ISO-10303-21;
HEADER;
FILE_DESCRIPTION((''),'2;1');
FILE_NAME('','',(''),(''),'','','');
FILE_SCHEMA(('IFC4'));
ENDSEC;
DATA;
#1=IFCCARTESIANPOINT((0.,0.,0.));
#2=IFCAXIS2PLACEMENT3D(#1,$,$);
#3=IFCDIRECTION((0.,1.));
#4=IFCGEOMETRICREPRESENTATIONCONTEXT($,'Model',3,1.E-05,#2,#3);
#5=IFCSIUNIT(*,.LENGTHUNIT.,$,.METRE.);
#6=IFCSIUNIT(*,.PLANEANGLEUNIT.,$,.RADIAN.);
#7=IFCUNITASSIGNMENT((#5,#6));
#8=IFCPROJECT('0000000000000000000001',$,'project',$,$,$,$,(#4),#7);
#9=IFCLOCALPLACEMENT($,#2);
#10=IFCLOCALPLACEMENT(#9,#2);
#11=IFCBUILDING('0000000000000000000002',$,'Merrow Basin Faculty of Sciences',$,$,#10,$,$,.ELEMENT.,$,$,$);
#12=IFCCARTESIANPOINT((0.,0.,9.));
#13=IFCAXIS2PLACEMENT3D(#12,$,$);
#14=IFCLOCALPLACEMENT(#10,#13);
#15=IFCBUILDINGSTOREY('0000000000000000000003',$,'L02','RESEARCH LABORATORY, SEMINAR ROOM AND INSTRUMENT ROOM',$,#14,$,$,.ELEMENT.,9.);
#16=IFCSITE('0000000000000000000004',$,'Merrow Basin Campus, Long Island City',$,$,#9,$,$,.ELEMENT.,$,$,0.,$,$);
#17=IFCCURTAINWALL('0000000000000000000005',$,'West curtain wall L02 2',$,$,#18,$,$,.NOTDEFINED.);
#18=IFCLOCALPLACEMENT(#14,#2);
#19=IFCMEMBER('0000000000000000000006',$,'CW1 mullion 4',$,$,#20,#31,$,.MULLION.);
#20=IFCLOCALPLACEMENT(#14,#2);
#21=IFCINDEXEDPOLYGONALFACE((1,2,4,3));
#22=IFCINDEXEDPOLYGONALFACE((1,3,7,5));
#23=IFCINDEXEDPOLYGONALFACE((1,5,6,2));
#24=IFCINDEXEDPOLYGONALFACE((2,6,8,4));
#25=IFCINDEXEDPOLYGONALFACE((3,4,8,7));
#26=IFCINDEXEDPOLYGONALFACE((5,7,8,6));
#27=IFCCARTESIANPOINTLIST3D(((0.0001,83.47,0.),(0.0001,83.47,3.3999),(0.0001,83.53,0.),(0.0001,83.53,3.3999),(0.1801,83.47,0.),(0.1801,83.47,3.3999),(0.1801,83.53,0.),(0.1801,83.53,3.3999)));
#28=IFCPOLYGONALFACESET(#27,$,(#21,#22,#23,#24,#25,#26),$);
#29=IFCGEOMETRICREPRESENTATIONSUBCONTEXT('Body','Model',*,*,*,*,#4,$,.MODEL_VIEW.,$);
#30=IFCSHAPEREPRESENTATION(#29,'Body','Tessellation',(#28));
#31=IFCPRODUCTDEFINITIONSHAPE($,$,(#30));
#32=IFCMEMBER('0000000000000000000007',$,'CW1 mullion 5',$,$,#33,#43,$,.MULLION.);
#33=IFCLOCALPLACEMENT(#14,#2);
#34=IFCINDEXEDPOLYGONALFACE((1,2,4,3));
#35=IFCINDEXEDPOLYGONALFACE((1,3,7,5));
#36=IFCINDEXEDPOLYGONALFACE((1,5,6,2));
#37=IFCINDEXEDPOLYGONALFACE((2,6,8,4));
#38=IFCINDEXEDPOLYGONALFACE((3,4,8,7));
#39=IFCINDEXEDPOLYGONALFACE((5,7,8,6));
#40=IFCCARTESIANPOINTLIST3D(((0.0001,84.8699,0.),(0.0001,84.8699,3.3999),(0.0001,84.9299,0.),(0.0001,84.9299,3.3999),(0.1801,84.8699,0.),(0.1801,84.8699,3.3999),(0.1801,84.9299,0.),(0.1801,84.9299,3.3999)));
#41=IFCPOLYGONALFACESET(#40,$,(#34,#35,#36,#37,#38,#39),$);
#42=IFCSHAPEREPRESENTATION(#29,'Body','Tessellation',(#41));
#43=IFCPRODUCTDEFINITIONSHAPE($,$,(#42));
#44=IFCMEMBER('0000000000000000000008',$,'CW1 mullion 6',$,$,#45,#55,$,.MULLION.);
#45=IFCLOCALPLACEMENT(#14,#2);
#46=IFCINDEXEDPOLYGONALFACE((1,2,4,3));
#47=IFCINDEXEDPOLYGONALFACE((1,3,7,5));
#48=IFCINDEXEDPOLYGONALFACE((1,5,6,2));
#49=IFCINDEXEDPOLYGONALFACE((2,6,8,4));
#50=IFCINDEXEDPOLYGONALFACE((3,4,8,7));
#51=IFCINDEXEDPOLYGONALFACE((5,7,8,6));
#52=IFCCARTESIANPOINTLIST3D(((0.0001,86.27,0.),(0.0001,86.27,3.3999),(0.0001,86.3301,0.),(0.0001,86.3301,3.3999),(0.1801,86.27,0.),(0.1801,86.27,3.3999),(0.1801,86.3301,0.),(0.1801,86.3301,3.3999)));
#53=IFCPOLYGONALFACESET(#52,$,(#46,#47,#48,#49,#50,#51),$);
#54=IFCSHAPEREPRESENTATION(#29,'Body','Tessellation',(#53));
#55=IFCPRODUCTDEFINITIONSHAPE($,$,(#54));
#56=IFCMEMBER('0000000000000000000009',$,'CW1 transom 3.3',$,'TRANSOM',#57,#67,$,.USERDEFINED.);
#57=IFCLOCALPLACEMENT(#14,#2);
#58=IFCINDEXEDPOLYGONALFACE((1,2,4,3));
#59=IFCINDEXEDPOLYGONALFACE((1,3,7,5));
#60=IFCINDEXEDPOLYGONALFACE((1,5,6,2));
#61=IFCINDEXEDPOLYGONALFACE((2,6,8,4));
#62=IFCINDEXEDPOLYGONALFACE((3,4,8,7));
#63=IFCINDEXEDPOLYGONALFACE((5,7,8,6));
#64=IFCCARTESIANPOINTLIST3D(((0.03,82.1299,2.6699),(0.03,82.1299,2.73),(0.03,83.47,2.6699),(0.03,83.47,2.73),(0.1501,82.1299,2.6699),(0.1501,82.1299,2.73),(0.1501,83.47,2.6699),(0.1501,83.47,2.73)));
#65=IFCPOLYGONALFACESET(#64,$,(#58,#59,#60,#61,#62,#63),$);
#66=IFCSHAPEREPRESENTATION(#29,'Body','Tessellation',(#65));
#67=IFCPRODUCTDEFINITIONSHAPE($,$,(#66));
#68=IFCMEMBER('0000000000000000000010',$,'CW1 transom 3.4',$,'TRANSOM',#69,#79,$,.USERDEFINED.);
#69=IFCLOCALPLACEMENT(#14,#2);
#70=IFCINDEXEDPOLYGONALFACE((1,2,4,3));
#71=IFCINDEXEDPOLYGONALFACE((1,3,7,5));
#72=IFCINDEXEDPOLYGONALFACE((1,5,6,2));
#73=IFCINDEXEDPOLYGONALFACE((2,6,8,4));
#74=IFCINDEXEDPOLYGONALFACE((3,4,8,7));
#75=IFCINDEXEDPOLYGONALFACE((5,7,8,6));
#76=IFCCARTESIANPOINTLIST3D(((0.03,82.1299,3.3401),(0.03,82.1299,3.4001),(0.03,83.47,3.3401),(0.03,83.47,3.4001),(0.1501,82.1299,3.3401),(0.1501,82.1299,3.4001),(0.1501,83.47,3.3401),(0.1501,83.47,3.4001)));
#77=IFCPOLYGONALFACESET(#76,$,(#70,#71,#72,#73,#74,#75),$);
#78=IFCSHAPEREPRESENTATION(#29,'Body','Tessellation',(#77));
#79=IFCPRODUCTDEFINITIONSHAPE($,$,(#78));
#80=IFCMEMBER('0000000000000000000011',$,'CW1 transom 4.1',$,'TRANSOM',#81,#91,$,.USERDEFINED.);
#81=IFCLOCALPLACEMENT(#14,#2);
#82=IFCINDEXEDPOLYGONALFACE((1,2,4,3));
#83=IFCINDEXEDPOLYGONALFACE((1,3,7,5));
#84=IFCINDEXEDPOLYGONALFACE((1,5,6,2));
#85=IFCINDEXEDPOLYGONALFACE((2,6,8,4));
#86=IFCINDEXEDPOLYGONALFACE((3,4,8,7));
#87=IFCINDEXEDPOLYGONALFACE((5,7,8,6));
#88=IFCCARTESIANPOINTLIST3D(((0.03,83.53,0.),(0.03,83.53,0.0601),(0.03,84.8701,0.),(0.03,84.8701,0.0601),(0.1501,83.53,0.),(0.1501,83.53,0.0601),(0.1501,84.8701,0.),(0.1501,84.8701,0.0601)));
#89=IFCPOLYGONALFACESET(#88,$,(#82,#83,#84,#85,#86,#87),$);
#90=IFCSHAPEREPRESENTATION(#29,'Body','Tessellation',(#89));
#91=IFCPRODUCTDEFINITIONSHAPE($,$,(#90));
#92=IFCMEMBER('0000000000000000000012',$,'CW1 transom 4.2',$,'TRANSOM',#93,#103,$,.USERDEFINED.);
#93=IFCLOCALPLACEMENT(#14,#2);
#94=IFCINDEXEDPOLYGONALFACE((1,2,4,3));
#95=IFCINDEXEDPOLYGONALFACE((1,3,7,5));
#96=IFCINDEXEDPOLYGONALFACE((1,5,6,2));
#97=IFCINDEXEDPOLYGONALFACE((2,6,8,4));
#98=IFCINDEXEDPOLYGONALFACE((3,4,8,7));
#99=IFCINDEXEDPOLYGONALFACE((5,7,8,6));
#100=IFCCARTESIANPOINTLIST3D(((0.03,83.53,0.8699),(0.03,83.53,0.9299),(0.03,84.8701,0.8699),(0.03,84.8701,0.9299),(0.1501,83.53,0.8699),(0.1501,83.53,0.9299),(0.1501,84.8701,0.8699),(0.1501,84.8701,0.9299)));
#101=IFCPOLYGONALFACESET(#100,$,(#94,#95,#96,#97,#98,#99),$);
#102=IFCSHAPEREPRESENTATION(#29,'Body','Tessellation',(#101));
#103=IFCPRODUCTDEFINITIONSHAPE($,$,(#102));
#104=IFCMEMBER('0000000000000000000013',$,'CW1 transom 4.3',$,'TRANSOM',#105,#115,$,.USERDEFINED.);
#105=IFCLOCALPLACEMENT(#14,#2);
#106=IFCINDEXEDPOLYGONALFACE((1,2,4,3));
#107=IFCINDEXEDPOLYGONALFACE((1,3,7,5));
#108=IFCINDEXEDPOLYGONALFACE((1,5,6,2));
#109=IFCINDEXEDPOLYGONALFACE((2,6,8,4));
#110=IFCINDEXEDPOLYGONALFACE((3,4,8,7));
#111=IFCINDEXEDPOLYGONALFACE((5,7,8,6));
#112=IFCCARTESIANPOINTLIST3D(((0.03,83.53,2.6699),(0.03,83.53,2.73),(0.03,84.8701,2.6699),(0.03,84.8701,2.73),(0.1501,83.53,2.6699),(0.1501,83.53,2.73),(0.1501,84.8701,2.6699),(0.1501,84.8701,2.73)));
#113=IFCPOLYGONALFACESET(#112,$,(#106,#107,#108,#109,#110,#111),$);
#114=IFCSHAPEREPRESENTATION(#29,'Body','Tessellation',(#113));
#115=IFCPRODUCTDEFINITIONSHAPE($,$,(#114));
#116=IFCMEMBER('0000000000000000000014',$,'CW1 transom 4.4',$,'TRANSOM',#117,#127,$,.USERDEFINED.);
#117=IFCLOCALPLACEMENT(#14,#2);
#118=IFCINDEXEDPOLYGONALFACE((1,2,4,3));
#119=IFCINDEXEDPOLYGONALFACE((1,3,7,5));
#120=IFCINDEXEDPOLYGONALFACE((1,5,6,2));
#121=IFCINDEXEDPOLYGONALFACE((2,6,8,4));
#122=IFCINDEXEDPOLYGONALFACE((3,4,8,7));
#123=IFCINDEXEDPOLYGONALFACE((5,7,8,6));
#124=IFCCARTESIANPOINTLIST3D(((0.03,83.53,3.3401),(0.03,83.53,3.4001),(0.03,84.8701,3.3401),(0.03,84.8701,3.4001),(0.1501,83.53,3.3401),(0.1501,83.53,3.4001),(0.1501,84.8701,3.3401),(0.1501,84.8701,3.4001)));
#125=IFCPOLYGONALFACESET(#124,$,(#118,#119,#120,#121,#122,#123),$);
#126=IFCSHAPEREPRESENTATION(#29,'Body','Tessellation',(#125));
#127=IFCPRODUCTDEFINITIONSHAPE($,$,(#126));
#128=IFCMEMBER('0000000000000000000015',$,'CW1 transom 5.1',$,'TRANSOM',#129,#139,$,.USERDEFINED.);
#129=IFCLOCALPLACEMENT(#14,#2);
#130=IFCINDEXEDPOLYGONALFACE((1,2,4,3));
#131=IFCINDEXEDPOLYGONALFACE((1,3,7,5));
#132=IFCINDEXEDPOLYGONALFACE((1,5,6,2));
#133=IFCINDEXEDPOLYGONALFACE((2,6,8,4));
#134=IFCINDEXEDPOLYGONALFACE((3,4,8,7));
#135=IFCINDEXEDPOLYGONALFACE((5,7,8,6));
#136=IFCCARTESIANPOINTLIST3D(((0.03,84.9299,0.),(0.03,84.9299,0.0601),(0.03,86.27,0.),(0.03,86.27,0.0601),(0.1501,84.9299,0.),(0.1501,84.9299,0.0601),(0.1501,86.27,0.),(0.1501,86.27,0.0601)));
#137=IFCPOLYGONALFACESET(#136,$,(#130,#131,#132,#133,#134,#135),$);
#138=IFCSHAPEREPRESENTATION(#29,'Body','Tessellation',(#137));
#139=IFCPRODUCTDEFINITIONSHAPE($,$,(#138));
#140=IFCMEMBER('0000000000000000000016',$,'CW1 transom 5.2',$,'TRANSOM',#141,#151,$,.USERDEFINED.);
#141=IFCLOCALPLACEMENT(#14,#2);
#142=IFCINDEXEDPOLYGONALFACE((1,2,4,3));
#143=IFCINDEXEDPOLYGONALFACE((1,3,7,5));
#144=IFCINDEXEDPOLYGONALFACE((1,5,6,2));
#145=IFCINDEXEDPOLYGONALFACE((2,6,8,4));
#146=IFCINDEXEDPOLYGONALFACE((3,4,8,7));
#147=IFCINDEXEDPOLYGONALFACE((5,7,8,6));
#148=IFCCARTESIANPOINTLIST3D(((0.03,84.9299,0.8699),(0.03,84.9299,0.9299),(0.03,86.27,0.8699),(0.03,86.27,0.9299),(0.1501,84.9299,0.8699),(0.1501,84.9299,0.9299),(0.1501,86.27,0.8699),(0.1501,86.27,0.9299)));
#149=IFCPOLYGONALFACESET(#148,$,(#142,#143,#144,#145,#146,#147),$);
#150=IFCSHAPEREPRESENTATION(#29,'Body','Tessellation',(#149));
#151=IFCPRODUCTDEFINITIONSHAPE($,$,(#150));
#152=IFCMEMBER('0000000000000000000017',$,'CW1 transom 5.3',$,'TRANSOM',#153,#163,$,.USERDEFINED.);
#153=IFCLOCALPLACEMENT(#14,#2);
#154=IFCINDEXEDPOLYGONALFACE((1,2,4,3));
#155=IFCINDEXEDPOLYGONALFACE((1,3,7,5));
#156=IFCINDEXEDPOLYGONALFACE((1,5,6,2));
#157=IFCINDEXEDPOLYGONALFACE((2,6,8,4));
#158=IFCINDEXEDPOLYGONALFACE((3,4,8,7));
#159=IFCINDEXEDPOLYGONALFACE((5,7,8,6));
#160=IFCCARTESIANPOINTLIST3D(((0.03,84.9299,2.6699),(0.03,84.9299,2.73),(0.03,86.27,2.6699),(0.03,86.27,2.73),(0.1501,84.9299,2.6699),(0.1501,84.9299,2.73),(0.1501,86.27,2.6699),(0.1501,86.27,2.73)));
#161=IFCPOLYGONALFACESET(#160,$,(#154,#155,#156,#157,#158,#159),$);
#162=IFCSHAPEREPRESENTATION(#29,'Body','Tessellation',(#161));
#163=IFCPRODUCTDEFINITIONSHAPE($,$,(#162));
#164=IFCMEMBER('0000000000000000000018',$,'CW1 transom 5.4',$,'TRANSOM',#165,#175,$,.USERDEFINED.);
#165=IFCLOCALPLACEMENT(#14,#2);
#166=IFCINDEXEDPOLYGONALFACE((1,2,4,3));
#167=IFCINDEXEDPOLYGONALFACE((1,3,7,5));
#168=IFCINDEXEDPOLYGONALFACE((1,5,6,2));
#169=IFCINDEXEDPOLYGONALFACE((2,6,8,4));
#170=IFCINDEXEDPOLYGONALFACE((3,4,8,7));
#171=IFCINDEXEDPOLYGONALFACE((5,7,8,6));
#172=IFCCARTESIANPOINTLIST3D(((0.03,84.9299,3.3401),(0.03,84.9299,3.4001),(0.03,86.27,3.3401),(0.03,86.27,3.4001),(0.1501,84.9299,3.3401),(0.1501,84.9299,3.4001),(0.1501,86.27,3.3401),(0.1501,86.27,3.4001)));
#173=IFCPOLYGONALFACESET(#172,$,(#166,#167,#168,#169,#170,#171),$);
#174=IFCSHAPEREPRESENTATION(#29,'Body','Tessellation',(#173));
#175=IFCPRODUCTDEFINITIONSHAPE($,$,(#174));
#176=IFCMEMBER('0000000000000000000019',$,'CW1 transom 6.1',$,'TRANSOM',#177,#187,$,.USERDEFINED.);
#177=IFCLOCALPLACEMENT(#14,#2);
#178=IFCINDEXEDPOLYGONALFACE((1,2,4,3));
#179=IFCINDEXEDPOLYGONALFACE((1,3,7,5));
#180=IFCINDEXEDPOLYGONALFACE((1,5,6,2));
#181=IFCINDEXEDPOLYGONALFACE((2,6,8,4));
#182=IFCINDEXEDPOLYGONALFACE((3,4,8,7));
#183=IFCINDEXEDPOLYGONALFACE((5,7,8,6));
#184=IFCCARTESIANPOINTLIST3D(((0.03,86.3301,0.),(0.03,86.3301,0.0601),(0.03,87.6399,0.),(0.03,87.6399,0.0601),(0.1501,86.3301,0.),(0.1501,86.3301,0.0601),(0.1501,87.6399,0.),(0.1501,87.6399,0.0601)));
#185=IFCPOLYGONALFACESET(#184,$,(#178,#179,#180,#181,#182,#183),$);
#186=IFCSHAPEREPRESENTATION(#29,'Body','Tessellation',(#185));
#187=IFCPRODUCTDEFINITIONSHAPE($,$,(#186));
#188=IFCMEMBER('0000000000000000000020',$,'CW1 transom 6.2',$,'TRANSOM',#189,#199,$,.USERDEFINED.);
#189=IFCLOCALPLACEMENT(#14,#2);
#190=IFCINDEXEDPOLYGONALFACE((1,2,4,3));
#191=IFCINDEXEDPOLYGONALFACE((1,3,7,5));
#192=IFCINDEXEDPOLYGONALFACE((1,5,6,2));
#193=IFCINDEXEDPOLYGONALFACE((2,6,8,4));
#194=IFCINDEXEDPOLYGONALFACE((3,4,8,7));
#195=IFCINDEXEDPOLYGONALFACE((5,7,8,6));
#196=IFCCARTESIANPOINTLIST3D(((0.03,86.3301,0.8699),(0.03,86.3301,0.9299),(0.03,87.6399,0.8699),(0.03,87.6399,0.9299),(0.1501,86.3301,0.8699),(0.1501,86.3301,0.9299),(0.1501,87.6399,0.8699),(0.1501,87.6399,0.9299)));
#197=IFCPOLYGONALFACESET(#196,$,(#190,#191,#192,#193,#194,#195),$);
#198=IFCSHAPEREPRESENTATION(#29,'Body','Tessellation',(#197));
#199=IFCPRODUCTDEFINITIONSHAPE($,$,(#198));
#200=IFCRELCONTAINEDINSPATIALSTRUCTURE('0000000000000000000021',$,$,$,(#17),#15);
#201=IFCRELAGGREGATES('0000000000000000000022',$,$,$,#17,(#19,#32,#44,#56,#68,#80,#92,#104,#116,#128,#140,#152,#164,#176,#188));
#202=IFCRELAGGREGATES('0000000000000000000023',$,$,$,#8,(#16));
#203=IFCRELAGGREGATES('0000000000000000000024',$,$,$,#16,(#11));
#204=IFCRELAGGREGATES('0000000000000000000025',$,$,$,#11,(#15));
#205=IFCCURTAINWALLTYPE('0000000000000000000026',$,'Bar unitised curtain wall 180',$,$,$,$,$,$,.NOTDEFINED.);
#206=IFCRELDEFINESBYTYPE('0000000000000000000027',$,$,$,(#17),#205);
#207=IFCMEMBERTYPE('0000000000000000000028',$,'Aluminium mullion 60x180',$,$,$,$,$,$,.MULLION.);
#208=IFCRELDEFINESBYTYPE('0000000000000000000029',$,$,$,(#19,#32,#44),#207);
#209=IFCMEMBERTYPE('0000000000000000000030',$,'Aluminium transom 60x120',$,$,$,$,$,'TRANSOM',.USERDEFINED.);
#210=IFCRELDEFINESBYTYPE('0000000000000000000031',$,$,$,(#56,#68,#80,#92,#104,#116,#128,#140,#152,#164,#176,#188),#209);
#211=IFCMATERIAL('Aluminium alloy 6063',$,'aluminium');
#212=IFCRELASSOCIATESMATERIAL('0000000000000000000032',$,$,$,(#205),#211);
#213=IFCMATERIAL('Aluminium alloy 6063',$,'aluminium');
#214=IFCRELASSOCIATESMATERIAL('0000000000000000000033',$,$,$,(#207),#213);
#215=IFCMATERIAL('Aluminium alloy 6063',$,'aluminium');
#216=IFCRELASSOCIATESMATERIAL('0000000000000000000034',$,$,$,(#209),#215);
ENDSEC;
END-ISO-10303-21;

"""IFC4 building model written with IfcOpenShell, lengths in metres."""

from ifc_helpers import new_model, si_unit, direction, frame, origin, origin_2d, place, context, subcontext, project, spatial, rectangle, extrude, material, material_profile, profile_set, type_object, element, aggregate, save


model = new_model("IFC4")

# Units and contexts
model_context = context("Model", 3, precision=1e-05, world=origin(), true_north=direction((0.0, 1.0)))
body_context = subcontext(model_context, "Body", "Model", "MODEL_VIEW")
ifc_project = project(units=[si_unit("LENGTHUNIT", "METRE"), si_unit("PLANEANGLEUNIT", "RADIAN")], contexts=[model_context])

# Site, building, storey
site_placement = place(None, origin())
site = spatial("IfcSite", under=ifc_project, at=site_placement, Name="Merrow Basin Campus, Long Island City", CompositionType="ELEMENT", RefElevation=0.0)
building_placement = place(site_placement, origin())
building = spatial("IfcBuilding", under=site, at=building_placement, Name="Merrow Basin Faculty of Sciences", CompositionType="ELEMENT")
storey_placement = place(building_placement, frame((0.0, 0.0, 9.0)))
storey = spatial("IfcBuildingStorey", under=building, at=storey_placement, Name="L02", Description="RESEARCH LABORATORY, SEMINAR ROOM AND INSTRUMENT ROOM", CompositionType="ELEMENT", Elevation=9.0)

# Curtain wall, members
ifc_material_1 = material(Name="Aluminium alloy 6063", Category="aluminium")
curtain_wall_type = type_object("IfcCurtainWallType", Name="Bar unitised curtain wall 180", PredefinedType="NOTDEFINED", material=ifc_material_1)
curtain_wall_placement = place(storey_placement, origin())
curtain_wall = element("IfcCurtainWall", 1, at=curtain_wall_placement, inside=storey, type_object=curtain_wall_type, Name="West curtain wall L02 2", PredefinedType="NOTDEFINED")
ifc_material_2 = material(Name="Aluminium alloy 6063", Category="aluminium")
ifc_material_profile_1 = material_profile(ifc_material_2, rectangle(XDim=0.1799, YDim=0.0601, at=origin_2d()))
ifc_profile_set_1 = profile_set([ifc_material_profile_1], Name="Aluminium alloy 6063")
member_type_1 = type_object("IfcMemberType", Name="Aluminium mullion 60x180", PredefinedType="MULLION", material=ifc_profile_set_1)
member_1_placement = place(storey_placement, frame((0.0901, 83.5, 0.0), z_axis=(0.0, 0.0, 1.0), x_axis=(-1.0, 0.0, 0.0)))
member_1 = element("IfcMember", 2, at=member_1_placement, type_object=member_type_1, Name="CW1 mullion 4", PredefinedType="MULLION", context=body_context, shape_type="SweptSolid", body=[
    extrude(rectangle(XDim=0.1799, YDim=0.0601, at=origin_2d()), origin(), (0.0, 0.0, 1.0), 3.3999),
])
member_2_placement = place(storey_placement, frame((0.0901, 84.8999, 0.0), z_axis=(0.0, 0.0, 1.0), x_axis=(-1.0, 0.0, 0.0)))
member_2 = element("IfcMember", 3, at=member_2_placement, type_object=member_type_1, Name="CW1 mullion 5", PredefinedType="MULLION", context=body_context, shape_type="SweptSolid", body=[
    extrude(rectangle(XDim=0.1799, YDim=0.0601, at=origin_2d()), origin(), (0.0, 0.0, 1.0), 3.3999),
])
member_3_placement = place(storey_placement, frame((0.0901, 86.3, 0.0), z_axis=(0.0, 0.0, 1.0), x_axis=(-1.0, 0.0, 0.0)))
member_3 = element("IfcMember", 4, at=member_3_placement, type_object=member_type_1, Name="CW1 mullion 6", PredefinedType="MULLION", context=body_context, shape_type="SweptSolid", body=[
    extrude(rectangle(XDim=0.1799, YDim=0.0601, at=origin_2d()), origin(), (0.0, 0.0, 1.0), 3.3999),
])
ifc_material_3 = material(Name="Aluminium alloy 6063", Category="aluminium")
ifc_material_profile_2 = material_profile(ifc_material_3, rectangle(XDim=0.1201, YDim=0.0601, at=origin_2d()))
ifc_profile_set_2 = profile_set([ifc_material_profile_2], Name="Aluminium alloy 6063")
member_type_2 = type_object("IfcMemberType", Name="Aluminium transom 60x120", ElementType="TRANSOM", PredefinedType="USERDEFINED", material=ifc_profile_set_2)
member_4_placement = place(storey_placement, frame((0.0901, 82.1299, 2.7), z_axis=(0.0, 1.0, 0.0), x_axis=(-1.0, 0.0, 0.0)))
member_4 = element("IfcMember", 5, at=member_4_placement, type_object=member_type_2, Name="CW1 transom 3.3", ObjectType="TRANSOM", PredefinedType="USERDEFINED", context=body_context, shape_type="SweptSolid", body=[
    extrude(rectangle(XDim=0.1201, YDim=0.0601, at=origin_2d()), origin(), (0.0, 0.0, 1.0), 1.3401),
])
member_5_placement = place(storey_placement, frame((0.0901, 82.1299, 3.3701), z_axis=(0.0, 1.0, 0.0), x_axis=(-1.0, 0.0, 0.0)))
member_5 = element("IfcMember", 6, at=member_5_placement, type_object=member_type_2, Name="CW1 transom 3.4", ObjectType="TRANSOM", PredefinedType="USERDEFINED", context=body_context, shape_type="SweptSolid", body=[
    extrude(rectangle(XDim=0.1201, YDim=0.0601, at=origin_2d()), origin(), (0.0, 0.0, 1.0), 1.3401),
])
member_6_placement = place(storey_placement, frame((0.0901, 83.53, 0.03), z_axis=(0.0, 1.0, 0.0), x_axis=(-1.0, 0.0, 0.0)))
member_6 = element("IfcMember", 7, at=member_6_placement, type_object=member_type_2, Name="CW1 transom 4.1", ObjectType="TRANSOM", PredefinedType="USERDEFINED", context=body_context, shape_type="SweptSolid", body=[
    extrude(rectangle(XDim=0.1201, YDim=0.0601, at=origin_2d()), origin(), (0.0, 0.0, 1.0), 1.3401),
])
member_7_placement = place(storey_placement, frame((0.0901, 83.53, 0.8999), z_axis=(0.0, 1.0, 0.0), x_axis=(-1.0, 0.0, 0.0)))
member_7 = element("IfcMember", 8, at=member_7_placement, type_object=member_type_2, Name="CW1 transom 4.2", ObjectType="TRANSOM", PredefinedType="USERDEFINED", context=body_context, shape_type="SweptSolid", body=[
    extrude(rectangle(XDim=0.1201, YDim=0.0601, at=origin_2d()), origin(), (0.0, 0.0, 1.0), 1.3401),
])
member_8_placement = place(storey_placement, frame((0.0901, 83.53, 2.7), z_axis=(0.0, 1.0, 0.0), x_axis=(-1.0, 0.0, 0.0)))
member_8 = element("IfcMember", 9, at=member_8_placement, type_object=member_type_2, Name="CW1 transom 4.3", ObjectType="TRANSOM", PredefinedType="USERDEFINED", context=body_context, shape_type="SweptSolid", body=[
    extrude(rectangle(XDim=0.1201, YDim=0.0601, at=origin_2d()), origin(), (0.0, 0.0, 1.0), 1.3401),
])
member_9_placement = place(storey_placement, frame((0.0901, 83.53, 3.3701), z_axis=(0.0, 1.0, 0.0), x_axis=(-1.0, 0.0, 0.0)))
member_9 = element("IfcMember", 10, at=member_9_placement, type_object=member_type_2, Name="CW1 transom 4.4", ObjectType="TRANSOM", PredefinedType="USERDEFINED", context=body_context, shape_type="SweptSolid", body=[
    extrude(rectangle(XDim=0.1201, YDim=0.0601, at=origin_2d()), origin(), (0.0, 0.0, 1.0), 1.3401),
])
member_10_placement = place(storey_placement, frame((0.0901, 84.9299, 0.03), z_axis=(0.0, 1.0, 0.0), x_axis=(-1.0, 0.0, 0.0)))
member_10 = element("IfcMember", 11, at=member_10_placement, type_object=member_type_2, Name="CW1 transom 5.1", ObjectType="TRANSOM", PredefinedType="USERDEFINED", context=body_context, shape_type="SweptSolid", body=[
    extrude(rectangle(XDim=0.1201, YDim=0.0601, at=origin_2d()), origin(), (0.0, 0.0, 1.0), 1.3401),
])
member_11_placement = place(storey_placement, frame((0.0901, 84.9299, 0.8999), z_axis=(0.0, 1.0, 0.0), x_axis=(-1.0, 0.0, 0.0)))
member_11 = element("IfcMember", 12, at=member_11_placement, type_object=member_type_2, Name="CW1 transom 5.2", ObjectType="TRANSOM", PredefinedType="USERDEFINED", context=body_context, shape_type="SweptSolid", body=[
    extrude(rectangle(XDim=0.1201, YDim=0.0601, at=origin_2d()), origin(), (0.0, 0.0, 1.0), 1.3401),
])
member_12_placement = place(storey_placement, frame((0.0901, 84.9299, 2.7), z_axis=(0.0, 1.0, 0.0), x_axis=(-1.0, 0.0, 0.0)))
member_12 = element("IfcMember", 13, at=member_12_placement, type_object=member_type_2, Name="CW1 transom 5.3", ObjectType="TRANSOM", PredefinedType="USERDEFINED", context=body_context, shape_type="SweptSolid", body=[
    extrude(rectangle(XDim=0.1201, YDim=0.0601, at=origin_2d()), origin(), (0.0, 0.0, 1.0), 1.3401),
])
member_13_placement = place(storey_placement, frame((0.0901, 84.9299, 3.3701), z_axis=(0.0, 1.0, 0.0), x_axis=(-1.0, 0.0, 0.0)))
member_13 = element("IfcMember", 14, at=member_13_placement, type_object=member_type_2, Name="CW1 transom 5.4", ObjectType="TRANSOM", PredefinedType="USERDEFINED", context=body_context, shape_type="SweptSolid", body=[
    extrude(rectangle(XDim=0.1201, YDim=0.0601, at=origin_2d()), origin(), (0.0, 0.0, 1.0), 1.3401),
])
member_14_placement = place(storey_placement, frame((0.0901, 86.3301, 0.03), z_axis=(0.0, 1.0, 0.0), x_axis=(-1.0, 0.0, 0.0)))
member_14 = element("IfcMember", 15, at=member_14_placement, type_object=member_type_2, Name="CW1 transom 6.1", ObjectType="TRANSOM", PredefinedType="USERDEFINED", context=body_context, shape_type="SweptSolid", body=[
    extrude(rectangle(XDim=0.1201, YDim=0.0601, at=origin_2d()), origin(), (0.0, 0.0, 1.0), 1.3098),
])
member_15_placement = place(storey_placement, frame((0.0901, 86.3301, 0.8999), z_axis=(0.0, 1.0, 0.0), x_axis=(-1.0, 0.0, 0.0)))
member_15 = element("IfcMember", 16, at=member_15_placement, type_object=member_type_2, Name="CW1 transom 6.2", ObjectType="TRANSOM", PredefinedType="USERDEFINED", context=body_context, shape_type="SweptSolid", body=[
    extrude(rectangle(XDim=0.1201, YDim=0.0601, at=origin_2d()), origin(), (0.0, 0.0, 1.0), 1.3098),
])
aggregate(curtain_wall, [member_1, member_2, member_3, member_4, member_5, member_6, member_7, member_8, member_9, member_10, member_11, member_12, member_13, member_14, member_15])

save(model, "model.ifc")
